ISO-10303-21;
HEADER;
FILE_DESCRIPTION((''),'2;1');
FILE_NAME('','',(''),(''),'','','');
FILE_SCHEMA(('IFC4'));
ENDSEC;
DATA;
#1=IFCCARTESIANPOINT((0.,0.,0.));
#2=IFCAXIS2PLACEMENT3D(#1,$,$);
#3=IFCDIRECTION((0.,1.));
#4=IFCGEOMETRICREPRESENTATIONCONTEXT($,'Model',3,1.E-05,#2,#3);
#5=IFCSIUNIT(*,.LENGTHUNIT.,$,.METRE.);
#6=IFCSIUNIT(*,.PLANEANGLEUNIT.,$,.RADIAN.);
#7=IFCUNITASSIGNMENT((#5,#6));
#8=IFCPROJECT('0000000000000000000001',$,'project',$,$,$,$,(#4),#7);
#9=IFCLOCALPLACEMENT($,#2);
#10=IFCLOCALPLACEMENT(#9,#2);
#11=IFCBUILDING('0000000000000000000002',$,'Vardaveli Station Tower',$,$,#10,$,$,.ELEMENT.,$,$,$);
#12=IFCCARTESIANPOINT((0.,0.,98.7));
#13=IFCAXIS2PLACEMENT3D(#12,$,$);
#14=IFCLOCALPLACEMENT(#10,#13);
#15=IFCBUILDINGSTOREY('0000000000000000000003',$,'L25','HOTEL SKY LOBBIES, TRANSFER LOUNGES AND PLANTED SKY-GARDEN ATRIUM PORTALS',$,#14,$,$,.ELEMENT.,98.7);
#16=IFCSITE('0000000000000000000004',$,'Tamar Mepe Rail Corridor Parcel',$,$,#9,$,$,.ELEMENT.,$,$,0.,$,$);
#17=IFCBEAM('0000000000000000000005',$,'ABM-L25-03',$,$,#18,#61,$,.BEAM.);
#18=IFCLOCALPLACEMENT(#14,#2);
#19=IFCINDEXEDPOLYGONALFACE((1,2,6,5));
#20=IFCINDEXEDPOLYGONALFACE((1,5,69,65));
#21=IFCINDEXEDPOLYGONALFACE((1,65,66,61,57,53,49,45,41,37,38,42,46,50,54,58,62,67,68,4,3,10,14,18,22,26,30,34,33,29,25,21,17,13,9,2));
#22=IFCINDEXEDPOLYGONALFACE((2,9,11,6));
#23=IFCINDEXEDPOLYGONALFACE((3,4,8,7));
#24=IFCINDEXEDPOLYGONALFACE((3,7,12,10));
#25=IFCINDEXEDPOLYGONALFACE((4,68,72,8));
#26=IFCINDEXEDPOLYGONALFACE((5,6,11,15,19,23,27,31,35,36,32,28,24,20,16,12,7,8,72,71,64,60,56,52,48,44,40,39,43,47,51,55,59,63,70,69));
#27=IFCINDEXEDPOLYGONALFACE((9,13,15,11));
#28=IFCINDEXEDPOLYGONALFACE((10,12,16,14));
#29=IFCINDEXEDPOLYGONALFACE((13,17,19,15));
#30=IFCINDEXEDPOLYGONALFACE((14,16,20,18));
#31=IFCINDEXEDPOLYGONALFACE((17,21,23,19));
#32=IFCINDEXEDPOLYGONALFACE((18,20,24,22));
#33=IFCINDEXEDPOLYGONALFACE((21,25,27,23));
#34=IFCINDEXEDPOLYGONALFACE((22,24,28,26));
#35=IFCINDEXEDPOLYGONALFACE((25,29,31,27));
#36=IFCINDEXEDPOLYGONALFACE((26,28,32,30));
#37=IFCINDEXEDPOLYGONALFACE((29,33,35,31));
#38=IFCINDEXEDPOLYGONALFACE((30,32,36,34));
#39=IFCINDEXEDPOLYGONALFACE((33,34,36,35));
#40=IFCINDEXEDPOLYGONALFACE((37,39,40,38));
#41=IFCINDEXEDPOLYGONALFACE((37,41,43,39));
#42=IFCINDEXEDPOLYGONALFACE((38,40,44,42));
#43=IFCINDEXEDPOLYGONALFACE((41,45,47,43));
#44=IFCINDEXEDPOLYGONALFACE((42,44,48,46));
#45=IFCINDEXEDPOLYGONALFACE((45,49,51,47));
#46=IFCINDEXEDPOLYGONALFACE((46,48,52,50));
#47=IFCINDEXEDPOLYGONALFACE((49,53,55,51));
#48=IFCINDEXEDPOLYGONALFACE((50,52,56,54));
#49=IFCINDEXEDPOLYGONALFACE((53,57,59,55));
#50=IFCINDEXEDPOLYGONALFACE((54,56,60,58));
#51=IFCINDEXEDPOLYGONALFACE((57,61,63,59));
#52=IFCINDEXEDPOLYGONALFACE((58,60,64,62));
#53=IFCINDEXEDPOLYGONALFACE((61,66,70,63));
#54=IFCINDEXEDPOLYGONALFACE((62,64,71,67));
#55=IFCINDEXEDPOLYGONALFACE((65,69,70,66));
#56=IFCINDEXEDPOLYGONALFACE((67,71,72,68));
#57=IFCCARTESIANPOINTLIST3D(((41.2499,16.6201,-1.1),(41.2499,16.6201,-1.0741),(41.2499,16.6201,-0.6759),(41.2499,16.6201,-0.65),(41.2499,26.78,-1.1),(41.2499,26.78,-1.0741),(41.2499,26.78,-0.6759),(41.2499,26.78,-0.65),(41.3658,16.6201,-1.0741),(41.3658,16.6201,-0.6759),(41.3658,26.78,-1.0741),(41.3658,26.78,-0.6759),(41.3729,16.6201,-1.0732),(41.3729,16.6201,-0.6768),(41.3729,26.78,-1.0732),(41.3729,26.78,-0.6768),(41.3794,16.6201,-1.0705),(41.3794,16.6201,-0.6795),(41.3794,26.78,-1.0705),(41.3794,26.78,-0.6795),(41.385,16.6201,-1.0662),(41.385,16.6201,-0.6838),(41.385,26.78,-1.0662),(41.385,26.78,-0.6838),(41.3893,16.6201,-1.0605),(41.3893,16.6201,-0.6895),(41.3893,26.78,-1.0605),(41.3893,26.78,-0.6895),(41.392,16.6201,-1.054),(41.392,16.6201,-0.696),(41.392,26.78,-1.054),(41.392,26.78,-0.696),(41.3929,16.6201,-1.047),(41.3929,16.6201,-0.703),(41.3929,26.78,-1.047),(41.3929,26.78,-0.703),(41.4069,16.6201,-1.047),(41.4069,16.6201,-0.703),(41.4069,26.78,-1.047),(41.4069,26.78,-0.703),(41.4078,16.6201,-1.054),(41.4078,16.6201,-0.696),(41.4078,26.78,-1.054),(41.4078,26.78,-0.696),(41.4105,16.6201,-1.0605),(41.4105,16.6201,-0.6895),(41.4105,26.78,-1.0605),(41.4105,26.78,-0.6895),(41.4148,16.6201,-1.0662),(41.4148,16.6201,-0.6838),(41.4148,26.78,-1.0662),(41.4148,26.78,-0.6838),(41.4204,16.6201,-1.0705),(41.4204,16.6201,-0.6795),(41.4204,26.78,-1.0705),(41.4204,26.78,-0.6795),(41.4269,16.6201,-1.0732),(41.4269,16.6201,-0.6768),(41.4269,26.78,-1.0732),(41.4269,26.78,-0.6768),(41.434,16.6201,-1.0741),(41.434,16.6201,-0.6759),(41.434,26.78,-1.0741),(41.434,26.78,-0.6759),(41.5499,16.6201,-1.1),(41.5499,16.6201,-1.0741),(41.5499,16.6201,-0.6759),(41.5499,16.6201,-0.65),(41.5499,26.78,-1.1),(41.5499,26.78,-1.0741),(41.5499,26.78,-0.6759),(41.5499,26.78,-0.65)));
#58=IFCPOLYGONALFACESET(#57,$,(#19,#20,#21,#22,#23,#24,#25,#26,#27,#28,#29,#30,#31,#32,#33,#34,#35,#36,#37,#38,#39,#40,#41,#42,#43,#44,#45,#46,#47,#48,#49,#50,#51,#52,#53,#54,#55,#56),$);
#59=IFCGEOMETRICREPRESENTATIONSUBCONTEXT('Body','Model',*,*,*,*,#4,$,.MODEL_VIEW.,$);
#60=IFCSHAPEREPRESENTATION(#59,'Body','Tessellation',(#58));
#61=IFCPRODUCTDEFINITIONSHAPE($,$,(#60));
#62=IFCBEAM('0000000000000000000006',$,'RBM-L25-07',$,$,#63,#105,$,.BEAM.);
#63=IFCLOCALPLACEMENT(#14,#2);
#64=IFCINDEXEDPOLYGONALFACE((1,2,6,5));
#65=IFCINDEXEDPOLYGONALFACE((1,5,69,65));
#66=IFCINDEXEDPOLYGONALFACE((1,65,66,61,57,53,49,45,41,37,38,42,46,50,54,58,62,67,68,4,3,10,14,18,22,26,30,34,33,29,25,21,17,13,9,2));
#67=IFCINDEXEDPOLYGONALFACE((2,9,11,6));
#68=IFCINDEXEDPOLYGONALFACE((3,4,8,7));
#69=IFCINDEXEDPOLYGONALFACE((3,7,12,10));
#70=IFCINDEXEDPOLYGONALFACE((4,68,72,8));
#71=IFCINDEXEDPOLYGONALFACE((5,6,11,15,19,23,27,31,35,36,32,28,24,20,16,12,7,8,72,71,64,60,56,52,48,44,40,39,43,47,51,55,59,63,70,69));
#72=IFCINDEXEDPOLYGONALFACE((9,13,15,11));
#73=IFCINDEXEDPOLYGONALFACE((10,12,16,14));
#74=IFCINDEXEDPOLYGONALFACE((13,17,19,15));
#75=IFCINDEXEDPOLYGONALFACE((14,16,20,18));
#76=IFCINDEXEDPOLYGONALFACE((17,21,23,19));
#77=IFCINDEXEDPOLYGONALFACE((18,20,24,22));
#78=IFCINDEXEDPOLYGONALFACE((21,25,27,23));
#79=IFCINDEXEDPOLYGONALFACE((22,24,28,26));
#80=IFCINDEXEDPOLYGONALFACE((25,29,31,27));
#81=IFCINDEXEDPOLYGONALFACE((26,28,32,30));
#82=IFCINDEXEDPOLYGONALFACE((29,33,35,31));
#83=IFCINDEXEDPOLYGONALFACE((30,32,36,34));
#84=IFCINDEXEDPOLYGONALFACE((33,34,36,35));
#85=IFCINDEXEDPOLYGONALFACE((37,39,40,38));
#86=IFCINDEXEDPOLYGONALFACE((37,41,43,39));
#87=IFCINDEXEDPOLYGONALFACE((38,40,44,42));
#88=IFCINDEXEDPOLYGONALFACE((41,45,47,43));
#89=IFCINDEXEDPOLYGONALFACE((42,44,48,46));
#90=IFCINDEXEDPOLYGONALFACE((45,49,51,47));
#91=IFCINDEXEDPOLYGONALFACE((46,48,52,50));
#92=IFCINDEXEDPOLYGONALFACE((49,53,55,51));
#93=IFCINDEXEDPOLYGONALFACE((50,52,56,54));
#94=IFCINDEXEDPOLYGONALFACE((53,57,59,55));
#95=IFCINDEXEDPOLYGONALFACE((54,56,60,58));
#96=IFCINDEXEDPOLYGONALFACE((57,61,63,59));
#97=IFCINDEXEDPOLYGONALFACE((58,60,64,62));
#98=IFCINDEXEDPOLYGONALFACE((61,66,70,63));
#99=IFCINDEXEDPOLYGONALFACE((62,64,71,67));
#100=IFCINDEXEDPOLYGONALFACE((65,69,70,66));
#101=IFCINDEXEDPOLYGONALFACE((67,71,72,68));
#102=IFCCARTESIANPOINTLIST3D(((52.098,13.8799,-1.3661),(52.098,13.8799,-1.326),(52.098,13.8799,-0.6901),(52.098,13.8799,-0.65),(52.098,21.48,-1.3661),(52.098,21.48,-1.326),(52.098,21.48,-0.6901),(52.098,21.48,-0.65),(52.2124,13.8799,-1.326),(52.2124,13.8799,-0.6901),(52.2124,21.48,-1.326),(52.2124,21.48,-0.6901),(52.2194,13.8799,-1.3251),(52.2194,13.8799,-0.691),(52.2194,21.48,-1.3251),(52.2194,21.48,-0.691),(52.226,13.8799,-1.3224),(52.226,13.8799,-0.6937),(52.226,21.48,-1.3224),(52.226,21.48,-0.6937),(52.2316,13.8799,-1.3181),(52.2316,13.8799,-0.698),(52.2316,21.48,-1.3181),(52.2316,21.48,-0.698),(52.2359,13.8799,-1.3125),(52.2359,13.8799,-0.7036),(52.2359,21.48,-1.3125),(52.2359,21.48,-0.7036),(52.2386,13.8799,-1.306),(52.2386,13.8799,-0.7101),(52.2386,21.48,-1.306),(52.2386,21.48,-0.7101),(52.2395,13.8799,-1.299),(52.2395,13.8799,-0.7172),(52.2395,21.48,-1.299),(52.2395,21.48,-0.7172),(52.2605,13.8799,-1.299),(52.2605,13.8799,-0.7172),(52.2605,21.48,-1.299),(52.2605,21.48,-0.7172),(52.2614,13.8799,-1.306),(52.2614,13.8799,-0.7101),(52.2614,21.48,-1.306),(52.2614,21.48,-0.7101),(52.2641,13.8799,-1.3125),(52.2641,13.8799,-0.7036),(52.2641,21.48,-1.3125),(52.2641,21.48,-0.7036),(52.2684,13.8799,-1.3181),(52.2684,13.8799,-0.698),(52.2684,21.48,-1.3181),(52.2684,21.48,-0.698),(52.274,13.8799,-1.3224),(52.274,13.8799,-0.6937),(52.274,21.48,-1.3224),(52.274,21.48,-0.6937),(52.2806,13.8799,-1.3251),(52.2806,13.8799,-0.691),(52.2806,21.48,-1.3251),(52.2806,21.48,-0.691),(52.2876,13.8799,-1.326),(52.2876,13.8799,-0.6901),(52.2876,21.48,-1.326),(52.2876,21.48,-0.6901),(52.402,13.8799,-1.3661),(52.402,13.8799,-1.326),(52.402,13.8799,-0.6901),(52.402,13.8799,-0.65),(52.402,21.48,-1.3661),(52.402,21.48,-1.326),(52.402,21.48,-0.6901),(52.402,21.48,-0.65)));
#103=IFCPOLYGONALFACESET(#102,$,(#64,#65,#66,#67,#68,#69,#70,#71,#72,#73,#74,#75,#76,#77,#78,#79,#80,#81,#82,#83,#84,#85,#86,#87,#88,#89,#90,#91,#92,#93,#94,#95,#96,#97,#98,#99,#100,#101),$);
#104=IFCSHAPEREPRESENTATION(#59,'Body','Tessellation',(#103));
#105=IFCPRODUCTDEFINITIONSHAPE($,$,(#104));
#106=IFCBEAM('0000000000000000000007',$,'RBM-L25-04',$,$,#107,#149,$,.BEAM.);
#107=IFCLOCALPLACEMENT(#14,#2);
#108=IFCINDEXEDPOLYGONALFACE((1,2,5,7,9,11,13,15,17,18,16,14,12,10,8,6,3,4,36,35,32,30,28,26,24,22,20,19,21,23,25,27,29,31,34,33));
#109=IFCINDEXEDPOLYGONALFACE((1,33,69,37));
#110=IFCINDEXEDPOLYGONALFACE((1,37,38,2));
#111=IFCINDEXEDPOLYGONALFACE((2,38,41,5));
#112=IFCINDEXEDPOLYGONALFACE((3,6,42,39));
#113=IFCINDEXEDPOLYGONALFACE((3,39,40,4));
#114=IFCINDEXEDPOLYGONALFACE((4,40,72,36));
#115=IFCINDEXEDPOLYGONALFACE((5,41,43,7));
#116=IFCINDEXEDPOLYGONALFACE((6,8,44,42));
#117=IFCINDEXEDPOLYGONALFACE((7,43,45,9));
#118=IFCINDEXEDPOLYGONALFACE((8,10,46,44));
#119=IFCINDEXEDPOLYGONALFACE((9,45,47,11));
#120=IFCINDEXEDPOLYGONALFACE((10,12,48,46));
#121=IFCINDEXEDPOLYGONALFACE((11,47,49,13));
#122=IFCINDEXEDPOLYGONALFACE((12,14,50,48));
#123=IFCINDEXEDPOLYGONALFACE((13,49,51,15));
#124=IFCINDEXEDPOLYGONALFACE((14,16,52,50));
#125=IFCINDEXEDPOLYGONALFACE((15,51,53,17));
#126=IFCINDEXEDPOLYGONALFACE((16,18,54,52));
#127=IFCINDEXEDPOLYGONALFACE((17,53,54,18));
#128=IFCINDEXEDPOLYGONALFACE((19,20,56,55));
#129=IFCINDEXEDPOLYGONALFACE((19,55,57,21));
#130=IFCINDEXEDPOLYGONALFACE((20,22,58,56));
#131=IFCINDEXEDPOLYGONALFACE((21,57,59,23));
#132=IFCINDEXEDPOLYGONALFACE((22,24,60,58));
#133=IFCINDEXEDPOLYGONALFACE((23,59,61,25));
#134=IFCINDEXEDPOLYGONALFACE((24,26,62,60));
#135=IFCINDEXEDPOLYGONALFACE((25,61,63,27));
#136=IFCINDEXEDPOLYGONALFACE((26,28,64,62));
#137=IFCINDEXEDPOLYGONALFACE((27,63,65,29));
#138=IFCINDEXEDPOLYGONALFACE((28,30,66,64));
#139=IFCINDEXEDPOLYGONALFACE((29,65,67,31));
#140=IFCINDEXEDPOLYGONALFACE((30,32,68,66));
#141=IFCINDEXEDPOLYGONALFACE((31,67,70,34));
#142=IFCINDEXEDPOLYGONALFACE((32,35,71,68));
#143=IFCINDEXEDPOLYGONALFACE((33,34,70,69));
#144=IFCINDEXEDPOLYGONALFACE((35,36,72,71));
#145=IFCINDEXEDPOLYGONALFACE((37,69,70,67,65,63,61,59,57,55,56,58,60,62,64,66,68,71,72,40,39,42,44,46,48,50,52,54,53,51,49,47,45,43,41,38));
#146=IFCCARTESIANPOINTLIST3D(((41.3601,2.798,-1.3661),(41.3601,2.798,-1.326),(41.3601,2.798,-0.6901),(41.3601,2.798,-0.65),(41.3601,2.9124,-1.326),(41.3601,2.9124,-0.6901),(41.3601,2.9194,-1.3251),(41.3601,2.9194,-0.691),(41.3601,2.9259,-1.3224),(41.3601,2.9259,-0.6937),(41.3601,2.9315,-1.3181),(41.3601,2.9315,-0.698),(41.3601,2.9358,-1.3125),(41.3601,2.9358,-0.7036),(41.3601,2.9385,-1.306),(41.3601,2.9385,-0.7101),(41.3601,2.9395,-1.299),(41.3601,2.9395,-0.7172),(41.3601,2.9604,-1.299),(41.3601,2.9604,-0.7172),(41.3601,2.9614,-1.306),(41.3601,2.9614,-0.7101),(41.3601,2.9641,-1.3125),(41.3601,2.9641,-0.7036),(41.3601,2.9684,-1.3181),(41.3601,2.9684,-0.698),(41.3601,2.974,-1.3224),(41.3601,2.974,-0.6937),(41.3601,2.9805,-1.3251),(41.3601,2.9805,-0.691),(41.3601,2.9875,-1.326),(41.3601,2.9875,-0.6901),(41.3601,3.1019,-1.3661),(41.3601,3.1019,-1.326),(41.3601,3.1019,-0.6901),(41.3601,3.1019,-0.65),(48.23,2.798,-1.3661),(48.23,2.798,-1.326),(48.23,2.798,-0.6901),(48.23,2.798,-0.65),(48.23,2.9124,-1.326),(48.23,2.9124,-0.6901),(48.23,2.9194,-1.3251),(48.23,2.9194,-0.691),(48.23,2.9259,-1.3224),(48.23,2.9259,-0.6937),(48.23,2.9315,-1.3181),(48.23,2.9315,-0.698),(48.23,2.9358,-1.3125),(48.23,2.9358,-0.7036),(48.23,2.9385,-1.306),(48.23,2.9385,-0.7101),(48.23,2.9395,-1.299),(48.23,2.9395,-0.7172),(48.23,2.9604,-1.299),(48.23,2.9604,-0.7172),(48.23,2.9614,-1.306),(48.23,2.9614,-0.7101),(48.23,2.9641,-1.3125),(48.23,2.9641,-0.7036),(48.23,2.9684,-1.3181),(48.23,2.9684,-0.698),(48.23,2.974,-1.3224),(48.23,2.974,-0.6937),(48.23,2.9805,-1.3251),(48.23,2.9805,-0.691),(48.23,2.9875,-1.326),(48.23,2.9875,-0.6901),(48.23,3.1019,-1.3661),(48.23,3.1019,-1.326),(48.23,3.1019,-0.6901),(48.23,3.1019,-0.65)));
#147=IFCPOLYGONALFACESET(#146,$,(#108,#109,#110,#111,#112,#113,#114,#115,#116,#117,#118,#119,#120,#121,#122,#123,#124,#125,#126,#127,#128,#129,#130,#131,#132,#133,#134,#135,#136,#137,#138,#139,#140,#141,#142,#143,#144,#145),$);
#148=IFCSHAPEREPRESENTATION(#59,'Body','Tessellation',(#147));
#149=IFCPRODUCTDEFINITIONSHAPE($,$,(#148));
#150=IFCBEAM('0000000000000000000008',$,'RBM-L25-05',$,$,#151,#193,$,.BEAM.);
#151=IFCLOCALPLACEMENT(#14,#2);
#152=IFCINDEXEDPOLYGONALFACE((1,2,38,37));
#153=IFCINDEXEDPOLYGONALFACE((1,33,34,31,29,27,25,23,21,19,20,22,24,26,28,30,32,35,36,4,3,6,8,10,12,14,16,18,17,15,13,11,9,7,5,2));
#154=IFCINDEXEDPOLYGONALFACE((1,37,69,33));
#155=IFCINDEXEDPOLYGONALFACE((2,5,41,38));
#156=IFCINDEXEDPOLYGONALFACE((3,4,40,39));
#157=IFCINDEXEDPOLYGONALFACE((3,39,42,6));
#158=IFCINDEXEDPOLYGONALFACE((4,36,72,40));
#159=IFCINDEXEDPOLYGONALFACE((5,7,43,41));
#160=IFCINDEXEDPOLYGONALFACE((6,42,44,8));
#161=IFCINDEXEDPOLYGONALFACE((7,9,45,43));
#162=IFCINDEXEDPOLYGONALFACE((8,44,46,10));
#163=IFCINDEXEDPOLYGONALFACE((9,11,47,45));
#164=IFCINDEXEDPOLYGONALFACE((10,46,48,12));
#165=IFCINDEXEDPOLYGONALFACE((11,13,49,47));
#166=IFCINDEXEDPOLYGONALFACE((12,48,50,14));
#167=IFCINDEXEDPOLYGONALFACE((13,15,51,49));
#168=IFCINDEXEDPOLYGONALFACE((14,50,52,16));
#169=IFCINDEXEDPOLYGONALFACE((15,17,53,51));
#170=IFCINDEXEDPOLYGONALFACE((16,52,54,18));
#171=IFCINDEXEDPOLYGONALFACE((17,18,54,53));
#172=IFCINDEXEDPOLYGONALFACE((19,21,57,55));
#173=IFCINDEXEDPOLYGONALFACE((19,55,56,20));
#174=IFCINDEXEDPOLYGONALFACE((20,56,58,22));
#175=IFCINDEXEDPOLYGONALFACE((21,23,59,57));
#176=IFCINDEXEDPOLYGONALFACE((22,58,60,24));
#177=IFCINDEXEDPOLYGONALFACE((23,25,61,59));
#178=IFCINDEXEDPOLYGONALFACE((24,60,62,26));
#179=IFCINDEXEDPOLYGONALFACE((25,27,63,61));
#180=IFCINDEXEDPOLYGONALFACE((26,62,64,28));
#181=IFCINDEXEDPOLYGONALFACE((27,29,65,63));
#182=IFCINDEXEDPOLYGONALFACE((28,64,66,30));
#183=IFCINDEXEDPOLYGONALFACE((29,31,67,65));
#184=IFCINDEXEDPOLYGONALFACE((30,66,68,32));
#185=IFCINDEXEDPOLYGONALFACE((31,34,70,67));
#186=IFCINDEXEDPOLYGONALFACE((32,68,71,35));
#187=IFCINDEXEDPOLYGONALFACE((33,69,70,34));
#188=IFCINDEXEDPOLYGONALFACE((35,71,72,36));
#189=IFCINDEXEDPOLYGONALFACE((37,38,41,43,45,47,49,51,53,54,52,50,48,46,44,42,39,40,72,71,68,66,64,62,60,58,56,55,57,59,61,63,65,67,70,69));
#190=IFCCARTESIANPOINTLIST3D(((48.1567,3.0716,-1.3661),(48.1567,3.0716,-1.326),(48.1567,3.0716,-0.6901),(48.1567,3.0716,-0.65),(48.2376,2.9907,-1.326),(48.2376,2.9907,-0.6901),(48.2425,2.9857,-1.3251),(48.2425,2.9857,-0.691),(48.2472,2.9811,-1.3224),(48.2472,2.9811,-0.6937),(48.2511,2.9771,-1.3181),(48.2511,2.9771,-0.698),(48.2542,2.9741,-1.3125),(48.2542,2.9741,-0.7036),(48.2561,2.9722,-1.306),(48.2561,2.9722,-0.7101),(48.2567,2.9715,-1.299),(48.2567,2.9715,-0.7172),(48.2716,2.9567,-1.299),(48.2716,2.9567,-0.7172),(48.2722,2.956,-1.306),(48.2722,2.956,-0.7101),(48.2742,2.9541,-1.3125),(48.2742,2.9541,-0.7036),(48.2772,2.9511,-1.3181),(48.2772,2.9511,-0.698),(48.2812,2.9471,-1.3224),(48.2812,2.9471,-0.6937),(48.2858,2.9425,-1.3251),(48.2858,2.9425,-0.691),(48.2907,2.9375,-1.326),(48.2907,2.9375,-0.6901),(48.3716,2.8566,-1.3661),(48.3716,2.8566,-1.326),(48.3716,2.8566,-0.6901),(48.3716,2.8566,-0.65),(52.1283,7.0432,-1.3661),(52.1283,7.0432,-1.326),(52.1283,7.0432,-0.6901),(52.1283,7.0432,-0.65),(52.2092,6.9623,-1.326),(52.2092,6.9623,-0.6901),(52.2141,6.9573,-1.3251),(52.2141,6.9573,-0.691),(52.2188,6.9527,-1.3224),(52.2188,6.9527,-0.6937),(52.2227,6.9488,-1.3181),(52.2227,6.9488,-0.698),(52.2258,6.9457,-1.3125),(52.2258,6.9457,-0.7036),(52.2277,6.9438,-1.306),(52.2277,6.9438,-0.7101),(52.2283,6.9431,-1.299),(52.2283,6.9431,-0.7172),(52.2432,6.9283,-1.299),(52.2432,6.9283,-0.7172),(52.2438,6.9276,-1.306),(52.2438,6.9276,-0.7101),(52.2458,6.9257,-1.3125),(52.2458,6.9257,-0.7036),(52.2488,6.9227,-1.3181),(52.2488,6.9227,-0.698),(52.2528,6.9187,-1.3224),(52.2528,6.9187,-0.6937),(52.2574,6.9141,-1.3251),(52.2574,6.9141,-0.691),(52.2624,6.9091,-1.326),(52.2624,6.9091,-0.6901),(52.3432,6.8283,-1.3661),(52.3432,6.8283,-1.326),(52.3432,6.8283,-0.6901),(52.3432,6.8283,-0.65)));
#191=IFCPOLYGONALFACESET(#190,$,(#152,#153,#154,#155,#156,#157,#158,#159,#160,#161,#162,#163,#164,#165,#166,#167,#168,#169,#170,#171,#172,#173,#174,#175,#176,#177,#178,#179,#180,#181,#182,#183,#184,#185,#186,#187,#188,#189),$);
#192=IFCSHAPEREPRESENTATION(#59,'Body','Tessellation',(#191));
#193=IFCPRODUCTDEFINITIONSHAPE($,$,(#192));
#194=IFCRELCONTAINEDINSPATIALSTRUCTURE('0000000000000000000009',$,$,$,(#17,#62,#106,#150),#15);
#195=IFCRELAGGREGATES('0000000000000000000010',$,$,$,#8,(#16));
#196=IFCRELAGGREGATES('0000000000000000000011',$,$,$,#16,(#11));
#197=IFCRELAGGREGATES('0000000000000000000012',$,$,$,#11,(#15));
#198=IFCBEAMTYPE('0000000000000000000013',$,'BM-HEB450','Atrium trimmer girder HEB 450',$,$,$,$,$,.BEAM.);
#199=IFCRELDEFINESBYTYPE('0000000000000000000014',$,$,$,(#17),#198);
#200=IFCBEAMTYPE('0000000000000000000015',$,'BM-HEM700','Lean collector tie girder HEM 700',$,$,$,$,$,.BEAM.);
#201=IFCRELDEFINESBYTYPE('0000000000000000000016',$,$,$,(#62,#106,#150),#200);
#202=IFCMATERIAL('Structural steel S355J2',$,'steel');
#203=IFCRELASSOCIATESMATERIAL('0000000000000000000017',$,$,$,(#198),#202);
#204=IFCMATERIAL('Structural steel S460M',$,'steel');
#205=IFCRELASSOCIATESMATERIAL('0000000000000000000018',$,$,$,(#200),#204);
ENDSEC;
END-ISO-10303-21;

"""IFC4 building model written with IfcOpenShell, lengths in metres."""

from ifc_helpers import new_model, si_unit, direction, frame, origin, origin_2d, place, context, subcontext, project, spatial, i_section, extrude, source, transform, mapped, material, material_profile, profile_set, type_object, element, save


model = new_model("IFC4")

# Units and contexts
model_context = context("Model", 3, precision=1e-05, world=origin(), true_north=direction((0.0, 1.0)))
body_context = subcontext(model_context, "Body", "Model", "MODEL_VIEW")
ifc_project = project(units=[si_unit("LENGTHUNIT", "METRE"), si_unit("PLANEANGLEUNIT", "RADIAN")], contexts=[model_context])

# Site, building, storey
site_placement = place(None, origin())
site = spatial("IfcSite", under=ifc_project, at=site_placement, Name="Tamar Mepe Rail Corridor Parcel", CompositionType="ELEMENT", RefElevation=0.0)
building_placement = place(site_placement, origin())
building = spatial("IfcBuilding", under=site, at=building_placement, Name="Vardaveli Station Tower", CompositionType="ELEMENT")
storey_placement = place(building_placement, frame((0.0, 0.0, 98.7)))
storey = spatial("IfcBuildingStorey", under=building, at=storey_placement, Name="L25", Description="HOTEL SKY LOBBIES, TRANSFER LOUNGES AND PLANTED SKY-GARDEN ATRIUM PORTALS", CompositionType="ELEMENT", Elevation=98.7)

# Shared definitions
ifc_material_1 = material(Name="Structural steel S460M", Category="steel")

# Beams
ifc_material_2 = material(Name="Structural steel S355J2", Category="steel")
ifc_material_profile_1 = material_profile(ifc_material_2, i_section(OverallWidth=0.3, OverallDepth=0.45, WebThickness=0.0139, FlangeThickness=0.0259, FilletRadius=0.0271, at=origin_2d()), Name="HEB 450")
ifc_profile_set_1 = profile_set([ifc_material_profile_1], Name="Structural steel S355J2")
beam_type_1 = type_object("IfcBeamType", Name="BM-HEB450", Description="Atrium trimmer girder HEB 450", PredefinedType="BEAM", material=ifc_profile_set_1)
shared_shape_1 = source(origin(), body_context, "Body", "SweptSolid", [
    extrude(i_section(OverallWidth=0.3, OverallDepth=0.45, WebThickness=0.0139, FlangeThickness=0.0259, FilletRadius=0.0271, at=origin_2d()), origin(), (0.0, 0.0, 1.0), 10.1599),
])
beam_1_placement = place(storey_placement, frame((41.3999, 16.6201, -0.875), z_axis=(0.0, 1.0, 0.0), x_axis=(-1.0, 0.0, 0.0)))
element("IfcBeam", 1, at=beam_1_placement, inside=storey, type_object=beam_type_1, Name="ABM-L25-03", PredefinedType="BEAM", context=body_context, shape_type="MappedRepresentation", body=[
    mapped(shared_shape_1, transform((0.0, 0.0, 0.0), scale=1.0)),
])
ifc_material_profile_2 = material_profile(ifc_material_1, i_section(OverallWidth=0.304, OverallDepth=0.7161, WebThickness=0.021, FlangeThickness=0.04, FilletRadius=0.0271, at=origin_2d()), Name="HEM 700")
ifc_profile_set_2 = profile_set([ifc_material_profile_2], Name="Structural steel S460M")
beam_type_2 = type_object("IfcBeamType", Name="BM-HEM700", Description="Lean collector tie girder HEM 700", PredefinedType="BEAM", material=ifc_profile_set_2)
shared_shape_2 = source(origin(), body_context, "Body", "SweptSolid", [
    extrude(i_section(OverallWidth=0.304, OverallDepth=0.7161, WebThickness=0.021, FlangeThickness=0.04, FilletRadius=0.0271, at=origin_2d()), origin(), (0.0, 0.0, 1.0), 7.6001),
])
beam_2_placement = place(storey_placement, frame((52.25, 13.8799, -1.0081), z_axis=(0.0, 1.0, 0.0), x_axis=(-1.0, 0.0, 0.0)))
element("IfcBeam", 2, at=beam_2_placement, inside=storey, type_object=beam_type_2, Name="RBM-L25-07", PredefinedType="BEAM", context=body_context, shape_type="MappedRepresentation", body=[
    mapped(shared_shape_2, transform((0.0, 0.0, 0.0), scale=1.0)),
])
shared_shape_3 = source(origin(), body_context, "Body", "SweptSolid", [
    extrude(i_section(OverallWidth=0.304, OverallDepth=0.7161, WebThickness=0.021, FlangeThickness=0.04, FilletRadius=0.0271, at=origin_2d()), origin(), (0.0, 0.0, 1.0), 6.8699),
])
beam_3_placement = place(storey_placement, frame((41.3601, 2.95, -1.0081), z_axis=(1.0, 0.0, 0.0), x_axis=(0.0, 1.0, 0.0)))
element("IfcBeam", 3, at=beam_3_placement, inside=storey, type_object=beam_type_2, Name="RBM-L25-04", PredefinedType="BEAM", context=body_context, shape_type="MappedRepresentation", body=[
    mapped(shared_shape_3, transform((0.0, 0.0, 0.0), scale=1.0)),
])
shared_shape_4 = source(origin(), body_context, "Body", "SweptSolid", [
    extrude(i_section(OverallWidth=0.304, OverallDepth=0.7161, WebThickness=0.021, FlangeThickness=0.04, FilletRadius=0.0271, at=origin_2d()), origin(), (0.0, 0.0, 1.0), 5.6167),
])
beam_4_placement = place(storey_placement, frame((48.2642, 2.9641, -1.0081), z_axis=(0.707107, 0.707107, 0.0), x_axis=(-0.707107, 0.707107, 0.0)))
element("IfcBeam", 4, at=beam_4_placement, inside=storey, type_object=beam_type_2, Name="RBM-L25-05", PredefinedType="BEAM", context=body_context, shape_type="MappedRepresentation", body=[
    mapped(shared_shape_4, transform((0.0, 0.0, 0.0), scale=1.0)),
])

save(model, "model.ifc")
